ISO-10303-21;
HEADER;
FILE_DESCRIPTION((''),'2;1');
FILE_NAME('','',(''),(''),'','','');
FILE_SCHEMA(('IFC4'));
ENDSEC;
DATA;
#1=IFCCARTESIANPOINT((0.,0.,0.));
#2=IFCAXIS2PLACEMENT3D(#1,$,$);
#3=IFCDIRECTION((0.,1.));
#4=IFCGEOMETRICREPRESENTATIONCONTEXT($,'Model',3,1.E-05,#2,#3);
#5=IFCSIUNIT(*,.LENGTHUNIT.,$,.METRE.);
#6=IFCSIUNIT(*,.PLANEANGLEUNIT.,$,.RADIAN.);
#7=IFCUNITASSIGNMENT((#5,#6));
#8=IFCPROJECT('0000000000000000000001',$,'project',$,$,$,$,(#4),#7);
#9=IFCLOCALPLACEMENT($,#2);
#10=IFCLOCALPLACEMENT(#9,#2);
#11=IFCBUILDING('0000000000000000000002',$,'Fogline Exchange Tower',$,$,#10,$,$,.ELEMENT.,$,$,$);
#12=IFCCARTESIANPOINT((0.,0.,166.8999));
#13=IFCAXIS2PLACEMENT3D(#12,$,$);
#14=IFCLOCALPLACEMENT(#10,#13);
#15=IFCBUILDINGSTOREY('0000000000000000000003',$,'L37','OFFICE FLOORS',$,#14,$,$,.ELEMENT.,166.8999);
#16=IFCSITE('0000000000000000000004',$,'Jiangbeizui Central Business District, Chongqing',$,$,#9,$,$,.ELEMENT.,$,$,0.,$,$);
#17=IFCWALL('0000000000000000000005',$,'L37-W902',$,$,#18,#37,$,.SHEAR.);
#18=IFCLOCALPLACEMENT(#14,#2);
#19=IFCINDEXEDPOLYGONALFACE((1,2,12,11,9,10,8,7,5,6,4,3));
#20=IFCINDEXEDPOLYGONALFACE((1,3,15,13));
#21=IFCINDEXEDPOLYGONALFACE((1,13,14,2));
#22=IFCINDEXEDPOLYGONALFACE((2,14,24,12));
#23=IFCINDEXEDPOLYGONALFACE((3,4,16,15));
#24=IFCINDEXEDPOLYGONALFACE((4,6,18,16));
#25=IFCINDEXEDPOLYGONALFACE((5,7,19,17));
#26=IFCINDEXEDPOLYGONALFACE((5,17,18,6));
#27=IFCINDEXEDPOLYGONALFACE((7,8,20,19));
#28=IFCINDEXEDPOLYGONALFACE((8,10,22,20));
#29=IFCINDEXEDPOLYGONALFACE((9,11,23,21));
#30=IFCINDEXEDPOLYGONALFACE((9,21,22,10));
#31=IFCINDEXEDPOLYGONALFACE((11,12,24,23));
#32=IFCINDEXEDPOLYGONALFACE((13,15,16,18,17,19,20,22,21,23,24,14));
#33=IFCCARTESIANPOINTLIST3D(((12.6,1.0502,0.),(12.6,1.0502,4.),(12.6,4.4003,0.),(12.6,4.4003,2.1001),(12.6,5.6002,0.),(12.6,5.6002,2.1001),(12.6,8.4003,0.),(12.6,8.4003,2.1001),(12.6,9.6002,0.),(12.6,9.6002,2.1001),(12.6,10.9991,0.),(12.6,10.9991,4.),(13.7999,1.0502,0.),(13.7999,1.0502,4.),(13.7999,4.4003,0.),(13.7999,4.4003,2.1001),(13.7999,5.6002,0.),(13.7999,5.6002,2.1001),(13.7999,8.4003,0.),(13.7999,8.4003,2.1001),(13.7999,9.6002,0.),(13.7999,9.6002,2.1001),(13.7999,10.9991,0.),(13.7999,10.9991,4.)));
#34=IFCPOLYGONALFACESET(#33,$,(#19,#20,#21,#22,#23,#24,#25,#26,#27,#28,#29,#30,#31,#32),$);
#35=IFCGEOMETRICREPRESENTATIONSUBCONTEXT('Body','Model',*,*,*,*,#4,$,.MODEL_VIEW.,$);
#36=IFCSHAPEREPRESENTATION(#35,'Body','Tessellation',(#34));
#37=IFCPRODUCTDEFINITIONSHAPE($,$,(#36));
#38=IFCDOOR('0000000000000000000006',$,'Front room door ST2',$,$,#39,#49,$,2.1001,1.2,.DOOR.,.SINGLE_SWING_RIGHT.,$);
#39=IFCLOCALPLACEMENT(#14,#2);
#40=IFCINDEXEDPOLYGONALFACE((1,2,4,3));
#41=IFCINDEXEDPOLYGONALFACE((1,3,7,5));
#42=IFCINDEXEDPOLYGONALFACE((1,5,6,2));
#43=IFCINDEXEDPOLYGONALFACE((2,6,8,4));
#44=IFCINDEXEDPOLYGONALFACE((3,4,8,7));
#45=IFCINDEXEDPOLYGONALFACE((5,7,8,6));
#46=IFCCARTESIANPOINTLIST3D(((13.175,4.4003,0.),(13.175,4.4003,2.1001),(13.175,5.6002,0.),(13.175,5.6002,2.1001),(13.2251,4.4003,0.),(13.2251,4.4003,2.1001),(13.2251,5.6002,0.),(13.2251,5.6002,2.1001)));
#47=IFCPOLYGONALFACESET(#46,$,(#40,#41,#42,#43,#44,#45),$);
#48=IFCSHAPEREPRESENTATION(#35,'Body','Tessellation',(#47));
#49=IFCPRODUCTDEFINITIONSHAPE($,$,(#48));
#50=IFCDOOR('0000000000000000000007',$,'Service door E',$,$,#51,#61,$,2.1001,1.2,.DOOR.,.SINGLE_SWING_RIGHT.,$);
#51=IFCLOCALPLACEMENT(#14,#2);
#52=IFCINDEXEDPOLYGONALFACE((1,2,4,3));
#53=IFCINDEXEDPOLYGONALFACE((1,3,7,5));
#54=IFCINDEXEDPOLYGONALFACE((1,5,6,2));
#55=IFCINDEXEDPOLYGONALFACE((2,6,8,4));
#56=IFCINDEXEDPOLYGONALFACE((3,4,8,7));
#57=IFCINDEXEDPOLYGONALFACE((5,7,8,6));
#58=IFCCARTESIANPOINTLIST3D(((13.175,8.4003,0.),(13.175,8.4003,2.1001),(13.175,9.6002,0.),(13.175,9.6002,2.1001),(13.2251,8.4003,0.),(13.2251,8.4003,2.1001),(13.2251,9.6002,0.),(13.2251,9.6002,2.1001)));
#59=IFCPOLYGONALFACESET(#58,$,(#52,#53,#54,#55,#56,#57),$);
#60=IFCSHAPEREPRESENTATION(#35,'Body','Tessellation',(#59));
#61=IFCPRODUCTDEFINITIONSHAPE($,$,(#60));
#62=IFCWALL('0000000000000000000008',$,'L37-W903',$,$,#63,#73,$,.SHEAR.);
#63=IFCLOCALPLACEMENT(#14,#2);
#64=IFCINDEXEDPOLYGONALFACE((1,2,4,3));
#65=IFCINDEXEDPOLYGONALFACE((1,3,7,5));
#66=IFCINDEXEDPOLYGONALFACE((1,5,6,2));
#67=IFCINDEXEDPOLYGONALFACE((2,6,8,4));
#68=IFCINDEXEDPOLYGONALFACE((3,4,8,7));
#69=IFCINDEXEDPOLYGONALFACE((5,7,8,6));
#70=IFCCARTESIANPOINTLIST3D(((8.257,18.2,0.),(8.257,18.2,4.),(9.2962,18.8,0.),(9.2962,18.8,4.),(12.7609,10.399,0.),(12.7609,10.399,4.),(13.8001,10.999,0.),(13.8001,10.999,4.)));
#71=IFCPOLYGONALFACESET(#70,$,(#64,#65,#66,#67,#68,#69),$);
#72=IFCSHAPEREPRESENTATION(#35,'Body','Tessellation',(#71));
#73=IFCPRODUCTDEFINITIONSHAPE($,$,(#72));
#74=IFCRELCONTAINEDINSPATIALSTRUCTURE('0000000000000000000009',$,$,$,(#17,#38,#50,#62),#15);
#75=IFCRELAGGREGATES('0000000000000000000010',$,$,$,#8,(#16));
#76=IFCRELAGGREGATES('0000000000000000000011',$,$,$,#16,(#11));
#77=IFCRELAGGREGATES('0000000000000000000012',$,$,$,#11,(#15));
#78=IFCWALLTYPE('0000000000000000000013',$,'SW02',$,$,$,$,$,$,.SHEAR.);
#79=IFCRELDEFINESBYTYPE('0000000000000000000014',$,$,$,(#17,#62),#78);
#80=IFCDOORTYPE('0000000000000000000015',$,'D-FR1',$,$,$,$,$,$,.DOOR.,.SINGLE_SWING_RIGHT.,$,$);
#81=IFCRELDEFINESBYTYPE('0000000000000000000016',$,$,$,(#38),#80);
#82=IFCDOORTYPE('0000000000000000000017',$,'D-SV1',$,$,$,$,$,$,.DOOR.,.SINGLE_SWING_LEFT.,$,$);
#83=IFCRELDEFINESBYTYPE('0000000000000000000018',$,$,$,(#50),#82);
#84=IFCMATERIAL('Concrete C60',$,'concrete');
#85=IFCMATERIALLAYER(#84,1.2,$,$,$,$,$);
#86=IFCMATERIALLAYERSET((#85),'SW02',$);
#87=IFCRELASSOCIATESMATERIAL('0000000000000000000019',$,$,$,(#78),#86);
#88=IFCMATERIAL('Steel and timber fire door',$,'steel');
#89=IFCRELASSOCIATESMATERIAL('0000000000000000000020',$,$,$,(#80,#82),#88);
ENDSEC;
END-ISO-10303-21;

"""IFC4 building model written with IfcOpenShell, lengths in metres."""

from ifc_helpers import new_model, si_unit, direction, frame, frame_2d, origin, place, context, subcontext, project, spatial, rectangle, extrude, material, layer, layer_set, type_object, element, fill, save


model = new_model("IFC4")

# Units and contexts
model_context = context("Model", 3, precision=1e-05, world=origin(), true_north=direction((0.0, 1.0)))
body_context = subcontext(model_context, "Body", "Model", "MODEL_VIEW")
ifc_project = project(units=[si_unit("LENGTHUNIT", "METRE"), si_unit("PLANEANGLEUNIT", "RADIAN")], contexts=[model_context])

# Site, building, storey
site_placement = place(None, origin())
site = spatial("IfcSite", under=ifc_project, at=site_placement, Name="Jiangbeizui Central Business District, Chongqing", CompositionType="ELEMENT", RefElevation=0.0)
building_placement = place(site_placement, origin())
building = spatial("IfcBuilding", under=site, at=building_placement, Name="Fogline Exchange Tower", CompositionType="ELEMENT")
storey_placement = place(building_placement, frame((0.0, 0.0, 166.8999)))
storey = spatial("IfcBuildingStorey", under=building, at=storey_placement, Name="L37", Description="OFFICE FLOORS", CompositionType="ELEMENT", Elevation=166.8999)

# Shared definitions
ifc_material_1 = material(Name="Steel and timber fire door", Category="steel")

# Wall, openings, doors
ifc_material_2 = material(Name="Concrete C60", Category="concrete")
ifc_layer_1 = layer(ifc_material_2, 1.2)
ifc_layer_set_1 = layer_set([ifc_layer_1], Name="SW02")
wall_type_1 = type_object("IfcWallType", Name="SW02", PredefinedType="SHEAR", material=ifc_layer_set_1)
wall_1_placement = place(storey_placement, frame((13.2, 1.05, 0.0), z_axis=(0.0, 0.0, 1.0), x_axis=(0.0, 1.0, 0.0)))
wall_1 = element("IfcWall", 1, at=wall_1_placement, inside=storey, type_object=wall_type_1, Name="L37-W902", PredefinedType="SHEAR", context=body_context, shape_type="SweptSolid", body=[
    extrude(rectangle(XDim=9.949, YDim=1.2, at=frame_2d((4.9746, 0.0))), origin(), (0.0, 0.0, 1.0), 4.0),
])
opening_1_placement = place(wall_1_placement, frame((3.3501, 0.0, 0.0)))
opening_1 = element("IfcOpeningElement", 2, at=opening_1_placement, cuts=wall_1, PredefinedType="OPENING", context=body_context, shape_type="SweptSolid", body=[
    extrude(rectangle(XDim=1.2, YDim=2.1001, at=frame_2d((0.6001, 1.05))), frame((0.0, 0.6099, 0.0), z_axis=(0.0, -1.0, 0.0), x_axis=(1.0, 0.0, 0.0)), (0.0, 0.0, 1.0), 1.22),
])
opening_2_placement = place(wall_1_placement, frame((7.3501, 0.0, 0.0)))
opening_2 = element("IfcOpeningElement", 3, at=opening_2_placement, cuts=wall_1, PredefinedType="OPENING", context=body_context, shape_type="SweptSolid", body=[
    extrude(rectangle(XDim=1.2, YDim=2.1001, at=frame_2d((0.6001, 1.05))), frame((0.0, 0.6099, 0.0), z_axis=(0.0, -1.0, 0.0), x_axis=(1.0, 0.0, 0.0)), (0.0, 0.0, 1.0), 1.22),
])
door_type_1 = type_object("IfcDoorType", Name="D-FR1", OperationType="SINGLE_SWING_RIGHT", PredefinedType="DOOR", material=ifc_material_1)
door_1_placement = place(opening_1_placement, origin())
door_1 = element("IfcDoor", 4, at=door_1_placement, inside=storey, type_object=door_type_1, Name="Front room door ST2", OperationType="SINGLE_SWING_RIGHT", OverallHeight=2.1001, OverallWidth=1.2, PredefinedType="DOOR", context=body_context, shape_type="SweptSolid", body=[
    extrude(rectangle(XDim=1.2, YDim=2.1001, at=frame_2d((0.6001, 1.05))), frame((0.0, 0.0249, 0.0), z_axis=(0.0, -1.0, 0.0), x_axis=(1.0, 0.0, 0.0)), (0.0, 0.0, 1.0), 0.05),
])
fill(opening_1, door_1)
door_type_2 = type_object("IfcDoorType", Name="D-SV1", OperationType="SINGLE_SWING_LEFT", PredefinedType="DOOR", material=ifc_material_1)
door_2_placement = place(opening_2_placement, origin())
door_2 = element("IfcDoor", 5, at=door_2_placement, inside=storey, type_object=door_type_2, Name="Service door E", OperationType="SINGLE_SWING_RIGHT", OverallHeight=2.1001, OverallWidth=1.2, PredefinedType="DOOR", context=body_context, shape_type="SweptSolid", body=[
    extrude(rectangle(XDim=1.2, YDim=2.1001, at=frame_2d((0.6001, 1.05))), frame((0.0, 0.0249, 0.0), z_axis=(0.0, -1.0, 0.0), x_axis=(1.0, 0.0, 0.0)), (0.0, 0.0, 1.0), 0.05),
])
fill(opening_2, door_2)

# Wall
wall_2_placement = place(storey_placement, frame((13.2805, 10.699, 0.0), z_axis=(0.0, 0.0, 1.0), x_axis=(-0.499999, 0.866026, 0.0)))
element("IfcWall", 6, at=wall_2_placement, inside=storey, type_object=wall_type_1, Name="L37-W903", PredefinedType="SHEAR", context=body_context, shape_type="SweptSolid", body=[
    extrude(rectangle(XDim=9.0078, YDim=1.2, at=frame_2d((4.5039, 0.0))), origin(), (0.0, 0.0, 1.0), 4.0),
])

save(model, "model.ifc")
